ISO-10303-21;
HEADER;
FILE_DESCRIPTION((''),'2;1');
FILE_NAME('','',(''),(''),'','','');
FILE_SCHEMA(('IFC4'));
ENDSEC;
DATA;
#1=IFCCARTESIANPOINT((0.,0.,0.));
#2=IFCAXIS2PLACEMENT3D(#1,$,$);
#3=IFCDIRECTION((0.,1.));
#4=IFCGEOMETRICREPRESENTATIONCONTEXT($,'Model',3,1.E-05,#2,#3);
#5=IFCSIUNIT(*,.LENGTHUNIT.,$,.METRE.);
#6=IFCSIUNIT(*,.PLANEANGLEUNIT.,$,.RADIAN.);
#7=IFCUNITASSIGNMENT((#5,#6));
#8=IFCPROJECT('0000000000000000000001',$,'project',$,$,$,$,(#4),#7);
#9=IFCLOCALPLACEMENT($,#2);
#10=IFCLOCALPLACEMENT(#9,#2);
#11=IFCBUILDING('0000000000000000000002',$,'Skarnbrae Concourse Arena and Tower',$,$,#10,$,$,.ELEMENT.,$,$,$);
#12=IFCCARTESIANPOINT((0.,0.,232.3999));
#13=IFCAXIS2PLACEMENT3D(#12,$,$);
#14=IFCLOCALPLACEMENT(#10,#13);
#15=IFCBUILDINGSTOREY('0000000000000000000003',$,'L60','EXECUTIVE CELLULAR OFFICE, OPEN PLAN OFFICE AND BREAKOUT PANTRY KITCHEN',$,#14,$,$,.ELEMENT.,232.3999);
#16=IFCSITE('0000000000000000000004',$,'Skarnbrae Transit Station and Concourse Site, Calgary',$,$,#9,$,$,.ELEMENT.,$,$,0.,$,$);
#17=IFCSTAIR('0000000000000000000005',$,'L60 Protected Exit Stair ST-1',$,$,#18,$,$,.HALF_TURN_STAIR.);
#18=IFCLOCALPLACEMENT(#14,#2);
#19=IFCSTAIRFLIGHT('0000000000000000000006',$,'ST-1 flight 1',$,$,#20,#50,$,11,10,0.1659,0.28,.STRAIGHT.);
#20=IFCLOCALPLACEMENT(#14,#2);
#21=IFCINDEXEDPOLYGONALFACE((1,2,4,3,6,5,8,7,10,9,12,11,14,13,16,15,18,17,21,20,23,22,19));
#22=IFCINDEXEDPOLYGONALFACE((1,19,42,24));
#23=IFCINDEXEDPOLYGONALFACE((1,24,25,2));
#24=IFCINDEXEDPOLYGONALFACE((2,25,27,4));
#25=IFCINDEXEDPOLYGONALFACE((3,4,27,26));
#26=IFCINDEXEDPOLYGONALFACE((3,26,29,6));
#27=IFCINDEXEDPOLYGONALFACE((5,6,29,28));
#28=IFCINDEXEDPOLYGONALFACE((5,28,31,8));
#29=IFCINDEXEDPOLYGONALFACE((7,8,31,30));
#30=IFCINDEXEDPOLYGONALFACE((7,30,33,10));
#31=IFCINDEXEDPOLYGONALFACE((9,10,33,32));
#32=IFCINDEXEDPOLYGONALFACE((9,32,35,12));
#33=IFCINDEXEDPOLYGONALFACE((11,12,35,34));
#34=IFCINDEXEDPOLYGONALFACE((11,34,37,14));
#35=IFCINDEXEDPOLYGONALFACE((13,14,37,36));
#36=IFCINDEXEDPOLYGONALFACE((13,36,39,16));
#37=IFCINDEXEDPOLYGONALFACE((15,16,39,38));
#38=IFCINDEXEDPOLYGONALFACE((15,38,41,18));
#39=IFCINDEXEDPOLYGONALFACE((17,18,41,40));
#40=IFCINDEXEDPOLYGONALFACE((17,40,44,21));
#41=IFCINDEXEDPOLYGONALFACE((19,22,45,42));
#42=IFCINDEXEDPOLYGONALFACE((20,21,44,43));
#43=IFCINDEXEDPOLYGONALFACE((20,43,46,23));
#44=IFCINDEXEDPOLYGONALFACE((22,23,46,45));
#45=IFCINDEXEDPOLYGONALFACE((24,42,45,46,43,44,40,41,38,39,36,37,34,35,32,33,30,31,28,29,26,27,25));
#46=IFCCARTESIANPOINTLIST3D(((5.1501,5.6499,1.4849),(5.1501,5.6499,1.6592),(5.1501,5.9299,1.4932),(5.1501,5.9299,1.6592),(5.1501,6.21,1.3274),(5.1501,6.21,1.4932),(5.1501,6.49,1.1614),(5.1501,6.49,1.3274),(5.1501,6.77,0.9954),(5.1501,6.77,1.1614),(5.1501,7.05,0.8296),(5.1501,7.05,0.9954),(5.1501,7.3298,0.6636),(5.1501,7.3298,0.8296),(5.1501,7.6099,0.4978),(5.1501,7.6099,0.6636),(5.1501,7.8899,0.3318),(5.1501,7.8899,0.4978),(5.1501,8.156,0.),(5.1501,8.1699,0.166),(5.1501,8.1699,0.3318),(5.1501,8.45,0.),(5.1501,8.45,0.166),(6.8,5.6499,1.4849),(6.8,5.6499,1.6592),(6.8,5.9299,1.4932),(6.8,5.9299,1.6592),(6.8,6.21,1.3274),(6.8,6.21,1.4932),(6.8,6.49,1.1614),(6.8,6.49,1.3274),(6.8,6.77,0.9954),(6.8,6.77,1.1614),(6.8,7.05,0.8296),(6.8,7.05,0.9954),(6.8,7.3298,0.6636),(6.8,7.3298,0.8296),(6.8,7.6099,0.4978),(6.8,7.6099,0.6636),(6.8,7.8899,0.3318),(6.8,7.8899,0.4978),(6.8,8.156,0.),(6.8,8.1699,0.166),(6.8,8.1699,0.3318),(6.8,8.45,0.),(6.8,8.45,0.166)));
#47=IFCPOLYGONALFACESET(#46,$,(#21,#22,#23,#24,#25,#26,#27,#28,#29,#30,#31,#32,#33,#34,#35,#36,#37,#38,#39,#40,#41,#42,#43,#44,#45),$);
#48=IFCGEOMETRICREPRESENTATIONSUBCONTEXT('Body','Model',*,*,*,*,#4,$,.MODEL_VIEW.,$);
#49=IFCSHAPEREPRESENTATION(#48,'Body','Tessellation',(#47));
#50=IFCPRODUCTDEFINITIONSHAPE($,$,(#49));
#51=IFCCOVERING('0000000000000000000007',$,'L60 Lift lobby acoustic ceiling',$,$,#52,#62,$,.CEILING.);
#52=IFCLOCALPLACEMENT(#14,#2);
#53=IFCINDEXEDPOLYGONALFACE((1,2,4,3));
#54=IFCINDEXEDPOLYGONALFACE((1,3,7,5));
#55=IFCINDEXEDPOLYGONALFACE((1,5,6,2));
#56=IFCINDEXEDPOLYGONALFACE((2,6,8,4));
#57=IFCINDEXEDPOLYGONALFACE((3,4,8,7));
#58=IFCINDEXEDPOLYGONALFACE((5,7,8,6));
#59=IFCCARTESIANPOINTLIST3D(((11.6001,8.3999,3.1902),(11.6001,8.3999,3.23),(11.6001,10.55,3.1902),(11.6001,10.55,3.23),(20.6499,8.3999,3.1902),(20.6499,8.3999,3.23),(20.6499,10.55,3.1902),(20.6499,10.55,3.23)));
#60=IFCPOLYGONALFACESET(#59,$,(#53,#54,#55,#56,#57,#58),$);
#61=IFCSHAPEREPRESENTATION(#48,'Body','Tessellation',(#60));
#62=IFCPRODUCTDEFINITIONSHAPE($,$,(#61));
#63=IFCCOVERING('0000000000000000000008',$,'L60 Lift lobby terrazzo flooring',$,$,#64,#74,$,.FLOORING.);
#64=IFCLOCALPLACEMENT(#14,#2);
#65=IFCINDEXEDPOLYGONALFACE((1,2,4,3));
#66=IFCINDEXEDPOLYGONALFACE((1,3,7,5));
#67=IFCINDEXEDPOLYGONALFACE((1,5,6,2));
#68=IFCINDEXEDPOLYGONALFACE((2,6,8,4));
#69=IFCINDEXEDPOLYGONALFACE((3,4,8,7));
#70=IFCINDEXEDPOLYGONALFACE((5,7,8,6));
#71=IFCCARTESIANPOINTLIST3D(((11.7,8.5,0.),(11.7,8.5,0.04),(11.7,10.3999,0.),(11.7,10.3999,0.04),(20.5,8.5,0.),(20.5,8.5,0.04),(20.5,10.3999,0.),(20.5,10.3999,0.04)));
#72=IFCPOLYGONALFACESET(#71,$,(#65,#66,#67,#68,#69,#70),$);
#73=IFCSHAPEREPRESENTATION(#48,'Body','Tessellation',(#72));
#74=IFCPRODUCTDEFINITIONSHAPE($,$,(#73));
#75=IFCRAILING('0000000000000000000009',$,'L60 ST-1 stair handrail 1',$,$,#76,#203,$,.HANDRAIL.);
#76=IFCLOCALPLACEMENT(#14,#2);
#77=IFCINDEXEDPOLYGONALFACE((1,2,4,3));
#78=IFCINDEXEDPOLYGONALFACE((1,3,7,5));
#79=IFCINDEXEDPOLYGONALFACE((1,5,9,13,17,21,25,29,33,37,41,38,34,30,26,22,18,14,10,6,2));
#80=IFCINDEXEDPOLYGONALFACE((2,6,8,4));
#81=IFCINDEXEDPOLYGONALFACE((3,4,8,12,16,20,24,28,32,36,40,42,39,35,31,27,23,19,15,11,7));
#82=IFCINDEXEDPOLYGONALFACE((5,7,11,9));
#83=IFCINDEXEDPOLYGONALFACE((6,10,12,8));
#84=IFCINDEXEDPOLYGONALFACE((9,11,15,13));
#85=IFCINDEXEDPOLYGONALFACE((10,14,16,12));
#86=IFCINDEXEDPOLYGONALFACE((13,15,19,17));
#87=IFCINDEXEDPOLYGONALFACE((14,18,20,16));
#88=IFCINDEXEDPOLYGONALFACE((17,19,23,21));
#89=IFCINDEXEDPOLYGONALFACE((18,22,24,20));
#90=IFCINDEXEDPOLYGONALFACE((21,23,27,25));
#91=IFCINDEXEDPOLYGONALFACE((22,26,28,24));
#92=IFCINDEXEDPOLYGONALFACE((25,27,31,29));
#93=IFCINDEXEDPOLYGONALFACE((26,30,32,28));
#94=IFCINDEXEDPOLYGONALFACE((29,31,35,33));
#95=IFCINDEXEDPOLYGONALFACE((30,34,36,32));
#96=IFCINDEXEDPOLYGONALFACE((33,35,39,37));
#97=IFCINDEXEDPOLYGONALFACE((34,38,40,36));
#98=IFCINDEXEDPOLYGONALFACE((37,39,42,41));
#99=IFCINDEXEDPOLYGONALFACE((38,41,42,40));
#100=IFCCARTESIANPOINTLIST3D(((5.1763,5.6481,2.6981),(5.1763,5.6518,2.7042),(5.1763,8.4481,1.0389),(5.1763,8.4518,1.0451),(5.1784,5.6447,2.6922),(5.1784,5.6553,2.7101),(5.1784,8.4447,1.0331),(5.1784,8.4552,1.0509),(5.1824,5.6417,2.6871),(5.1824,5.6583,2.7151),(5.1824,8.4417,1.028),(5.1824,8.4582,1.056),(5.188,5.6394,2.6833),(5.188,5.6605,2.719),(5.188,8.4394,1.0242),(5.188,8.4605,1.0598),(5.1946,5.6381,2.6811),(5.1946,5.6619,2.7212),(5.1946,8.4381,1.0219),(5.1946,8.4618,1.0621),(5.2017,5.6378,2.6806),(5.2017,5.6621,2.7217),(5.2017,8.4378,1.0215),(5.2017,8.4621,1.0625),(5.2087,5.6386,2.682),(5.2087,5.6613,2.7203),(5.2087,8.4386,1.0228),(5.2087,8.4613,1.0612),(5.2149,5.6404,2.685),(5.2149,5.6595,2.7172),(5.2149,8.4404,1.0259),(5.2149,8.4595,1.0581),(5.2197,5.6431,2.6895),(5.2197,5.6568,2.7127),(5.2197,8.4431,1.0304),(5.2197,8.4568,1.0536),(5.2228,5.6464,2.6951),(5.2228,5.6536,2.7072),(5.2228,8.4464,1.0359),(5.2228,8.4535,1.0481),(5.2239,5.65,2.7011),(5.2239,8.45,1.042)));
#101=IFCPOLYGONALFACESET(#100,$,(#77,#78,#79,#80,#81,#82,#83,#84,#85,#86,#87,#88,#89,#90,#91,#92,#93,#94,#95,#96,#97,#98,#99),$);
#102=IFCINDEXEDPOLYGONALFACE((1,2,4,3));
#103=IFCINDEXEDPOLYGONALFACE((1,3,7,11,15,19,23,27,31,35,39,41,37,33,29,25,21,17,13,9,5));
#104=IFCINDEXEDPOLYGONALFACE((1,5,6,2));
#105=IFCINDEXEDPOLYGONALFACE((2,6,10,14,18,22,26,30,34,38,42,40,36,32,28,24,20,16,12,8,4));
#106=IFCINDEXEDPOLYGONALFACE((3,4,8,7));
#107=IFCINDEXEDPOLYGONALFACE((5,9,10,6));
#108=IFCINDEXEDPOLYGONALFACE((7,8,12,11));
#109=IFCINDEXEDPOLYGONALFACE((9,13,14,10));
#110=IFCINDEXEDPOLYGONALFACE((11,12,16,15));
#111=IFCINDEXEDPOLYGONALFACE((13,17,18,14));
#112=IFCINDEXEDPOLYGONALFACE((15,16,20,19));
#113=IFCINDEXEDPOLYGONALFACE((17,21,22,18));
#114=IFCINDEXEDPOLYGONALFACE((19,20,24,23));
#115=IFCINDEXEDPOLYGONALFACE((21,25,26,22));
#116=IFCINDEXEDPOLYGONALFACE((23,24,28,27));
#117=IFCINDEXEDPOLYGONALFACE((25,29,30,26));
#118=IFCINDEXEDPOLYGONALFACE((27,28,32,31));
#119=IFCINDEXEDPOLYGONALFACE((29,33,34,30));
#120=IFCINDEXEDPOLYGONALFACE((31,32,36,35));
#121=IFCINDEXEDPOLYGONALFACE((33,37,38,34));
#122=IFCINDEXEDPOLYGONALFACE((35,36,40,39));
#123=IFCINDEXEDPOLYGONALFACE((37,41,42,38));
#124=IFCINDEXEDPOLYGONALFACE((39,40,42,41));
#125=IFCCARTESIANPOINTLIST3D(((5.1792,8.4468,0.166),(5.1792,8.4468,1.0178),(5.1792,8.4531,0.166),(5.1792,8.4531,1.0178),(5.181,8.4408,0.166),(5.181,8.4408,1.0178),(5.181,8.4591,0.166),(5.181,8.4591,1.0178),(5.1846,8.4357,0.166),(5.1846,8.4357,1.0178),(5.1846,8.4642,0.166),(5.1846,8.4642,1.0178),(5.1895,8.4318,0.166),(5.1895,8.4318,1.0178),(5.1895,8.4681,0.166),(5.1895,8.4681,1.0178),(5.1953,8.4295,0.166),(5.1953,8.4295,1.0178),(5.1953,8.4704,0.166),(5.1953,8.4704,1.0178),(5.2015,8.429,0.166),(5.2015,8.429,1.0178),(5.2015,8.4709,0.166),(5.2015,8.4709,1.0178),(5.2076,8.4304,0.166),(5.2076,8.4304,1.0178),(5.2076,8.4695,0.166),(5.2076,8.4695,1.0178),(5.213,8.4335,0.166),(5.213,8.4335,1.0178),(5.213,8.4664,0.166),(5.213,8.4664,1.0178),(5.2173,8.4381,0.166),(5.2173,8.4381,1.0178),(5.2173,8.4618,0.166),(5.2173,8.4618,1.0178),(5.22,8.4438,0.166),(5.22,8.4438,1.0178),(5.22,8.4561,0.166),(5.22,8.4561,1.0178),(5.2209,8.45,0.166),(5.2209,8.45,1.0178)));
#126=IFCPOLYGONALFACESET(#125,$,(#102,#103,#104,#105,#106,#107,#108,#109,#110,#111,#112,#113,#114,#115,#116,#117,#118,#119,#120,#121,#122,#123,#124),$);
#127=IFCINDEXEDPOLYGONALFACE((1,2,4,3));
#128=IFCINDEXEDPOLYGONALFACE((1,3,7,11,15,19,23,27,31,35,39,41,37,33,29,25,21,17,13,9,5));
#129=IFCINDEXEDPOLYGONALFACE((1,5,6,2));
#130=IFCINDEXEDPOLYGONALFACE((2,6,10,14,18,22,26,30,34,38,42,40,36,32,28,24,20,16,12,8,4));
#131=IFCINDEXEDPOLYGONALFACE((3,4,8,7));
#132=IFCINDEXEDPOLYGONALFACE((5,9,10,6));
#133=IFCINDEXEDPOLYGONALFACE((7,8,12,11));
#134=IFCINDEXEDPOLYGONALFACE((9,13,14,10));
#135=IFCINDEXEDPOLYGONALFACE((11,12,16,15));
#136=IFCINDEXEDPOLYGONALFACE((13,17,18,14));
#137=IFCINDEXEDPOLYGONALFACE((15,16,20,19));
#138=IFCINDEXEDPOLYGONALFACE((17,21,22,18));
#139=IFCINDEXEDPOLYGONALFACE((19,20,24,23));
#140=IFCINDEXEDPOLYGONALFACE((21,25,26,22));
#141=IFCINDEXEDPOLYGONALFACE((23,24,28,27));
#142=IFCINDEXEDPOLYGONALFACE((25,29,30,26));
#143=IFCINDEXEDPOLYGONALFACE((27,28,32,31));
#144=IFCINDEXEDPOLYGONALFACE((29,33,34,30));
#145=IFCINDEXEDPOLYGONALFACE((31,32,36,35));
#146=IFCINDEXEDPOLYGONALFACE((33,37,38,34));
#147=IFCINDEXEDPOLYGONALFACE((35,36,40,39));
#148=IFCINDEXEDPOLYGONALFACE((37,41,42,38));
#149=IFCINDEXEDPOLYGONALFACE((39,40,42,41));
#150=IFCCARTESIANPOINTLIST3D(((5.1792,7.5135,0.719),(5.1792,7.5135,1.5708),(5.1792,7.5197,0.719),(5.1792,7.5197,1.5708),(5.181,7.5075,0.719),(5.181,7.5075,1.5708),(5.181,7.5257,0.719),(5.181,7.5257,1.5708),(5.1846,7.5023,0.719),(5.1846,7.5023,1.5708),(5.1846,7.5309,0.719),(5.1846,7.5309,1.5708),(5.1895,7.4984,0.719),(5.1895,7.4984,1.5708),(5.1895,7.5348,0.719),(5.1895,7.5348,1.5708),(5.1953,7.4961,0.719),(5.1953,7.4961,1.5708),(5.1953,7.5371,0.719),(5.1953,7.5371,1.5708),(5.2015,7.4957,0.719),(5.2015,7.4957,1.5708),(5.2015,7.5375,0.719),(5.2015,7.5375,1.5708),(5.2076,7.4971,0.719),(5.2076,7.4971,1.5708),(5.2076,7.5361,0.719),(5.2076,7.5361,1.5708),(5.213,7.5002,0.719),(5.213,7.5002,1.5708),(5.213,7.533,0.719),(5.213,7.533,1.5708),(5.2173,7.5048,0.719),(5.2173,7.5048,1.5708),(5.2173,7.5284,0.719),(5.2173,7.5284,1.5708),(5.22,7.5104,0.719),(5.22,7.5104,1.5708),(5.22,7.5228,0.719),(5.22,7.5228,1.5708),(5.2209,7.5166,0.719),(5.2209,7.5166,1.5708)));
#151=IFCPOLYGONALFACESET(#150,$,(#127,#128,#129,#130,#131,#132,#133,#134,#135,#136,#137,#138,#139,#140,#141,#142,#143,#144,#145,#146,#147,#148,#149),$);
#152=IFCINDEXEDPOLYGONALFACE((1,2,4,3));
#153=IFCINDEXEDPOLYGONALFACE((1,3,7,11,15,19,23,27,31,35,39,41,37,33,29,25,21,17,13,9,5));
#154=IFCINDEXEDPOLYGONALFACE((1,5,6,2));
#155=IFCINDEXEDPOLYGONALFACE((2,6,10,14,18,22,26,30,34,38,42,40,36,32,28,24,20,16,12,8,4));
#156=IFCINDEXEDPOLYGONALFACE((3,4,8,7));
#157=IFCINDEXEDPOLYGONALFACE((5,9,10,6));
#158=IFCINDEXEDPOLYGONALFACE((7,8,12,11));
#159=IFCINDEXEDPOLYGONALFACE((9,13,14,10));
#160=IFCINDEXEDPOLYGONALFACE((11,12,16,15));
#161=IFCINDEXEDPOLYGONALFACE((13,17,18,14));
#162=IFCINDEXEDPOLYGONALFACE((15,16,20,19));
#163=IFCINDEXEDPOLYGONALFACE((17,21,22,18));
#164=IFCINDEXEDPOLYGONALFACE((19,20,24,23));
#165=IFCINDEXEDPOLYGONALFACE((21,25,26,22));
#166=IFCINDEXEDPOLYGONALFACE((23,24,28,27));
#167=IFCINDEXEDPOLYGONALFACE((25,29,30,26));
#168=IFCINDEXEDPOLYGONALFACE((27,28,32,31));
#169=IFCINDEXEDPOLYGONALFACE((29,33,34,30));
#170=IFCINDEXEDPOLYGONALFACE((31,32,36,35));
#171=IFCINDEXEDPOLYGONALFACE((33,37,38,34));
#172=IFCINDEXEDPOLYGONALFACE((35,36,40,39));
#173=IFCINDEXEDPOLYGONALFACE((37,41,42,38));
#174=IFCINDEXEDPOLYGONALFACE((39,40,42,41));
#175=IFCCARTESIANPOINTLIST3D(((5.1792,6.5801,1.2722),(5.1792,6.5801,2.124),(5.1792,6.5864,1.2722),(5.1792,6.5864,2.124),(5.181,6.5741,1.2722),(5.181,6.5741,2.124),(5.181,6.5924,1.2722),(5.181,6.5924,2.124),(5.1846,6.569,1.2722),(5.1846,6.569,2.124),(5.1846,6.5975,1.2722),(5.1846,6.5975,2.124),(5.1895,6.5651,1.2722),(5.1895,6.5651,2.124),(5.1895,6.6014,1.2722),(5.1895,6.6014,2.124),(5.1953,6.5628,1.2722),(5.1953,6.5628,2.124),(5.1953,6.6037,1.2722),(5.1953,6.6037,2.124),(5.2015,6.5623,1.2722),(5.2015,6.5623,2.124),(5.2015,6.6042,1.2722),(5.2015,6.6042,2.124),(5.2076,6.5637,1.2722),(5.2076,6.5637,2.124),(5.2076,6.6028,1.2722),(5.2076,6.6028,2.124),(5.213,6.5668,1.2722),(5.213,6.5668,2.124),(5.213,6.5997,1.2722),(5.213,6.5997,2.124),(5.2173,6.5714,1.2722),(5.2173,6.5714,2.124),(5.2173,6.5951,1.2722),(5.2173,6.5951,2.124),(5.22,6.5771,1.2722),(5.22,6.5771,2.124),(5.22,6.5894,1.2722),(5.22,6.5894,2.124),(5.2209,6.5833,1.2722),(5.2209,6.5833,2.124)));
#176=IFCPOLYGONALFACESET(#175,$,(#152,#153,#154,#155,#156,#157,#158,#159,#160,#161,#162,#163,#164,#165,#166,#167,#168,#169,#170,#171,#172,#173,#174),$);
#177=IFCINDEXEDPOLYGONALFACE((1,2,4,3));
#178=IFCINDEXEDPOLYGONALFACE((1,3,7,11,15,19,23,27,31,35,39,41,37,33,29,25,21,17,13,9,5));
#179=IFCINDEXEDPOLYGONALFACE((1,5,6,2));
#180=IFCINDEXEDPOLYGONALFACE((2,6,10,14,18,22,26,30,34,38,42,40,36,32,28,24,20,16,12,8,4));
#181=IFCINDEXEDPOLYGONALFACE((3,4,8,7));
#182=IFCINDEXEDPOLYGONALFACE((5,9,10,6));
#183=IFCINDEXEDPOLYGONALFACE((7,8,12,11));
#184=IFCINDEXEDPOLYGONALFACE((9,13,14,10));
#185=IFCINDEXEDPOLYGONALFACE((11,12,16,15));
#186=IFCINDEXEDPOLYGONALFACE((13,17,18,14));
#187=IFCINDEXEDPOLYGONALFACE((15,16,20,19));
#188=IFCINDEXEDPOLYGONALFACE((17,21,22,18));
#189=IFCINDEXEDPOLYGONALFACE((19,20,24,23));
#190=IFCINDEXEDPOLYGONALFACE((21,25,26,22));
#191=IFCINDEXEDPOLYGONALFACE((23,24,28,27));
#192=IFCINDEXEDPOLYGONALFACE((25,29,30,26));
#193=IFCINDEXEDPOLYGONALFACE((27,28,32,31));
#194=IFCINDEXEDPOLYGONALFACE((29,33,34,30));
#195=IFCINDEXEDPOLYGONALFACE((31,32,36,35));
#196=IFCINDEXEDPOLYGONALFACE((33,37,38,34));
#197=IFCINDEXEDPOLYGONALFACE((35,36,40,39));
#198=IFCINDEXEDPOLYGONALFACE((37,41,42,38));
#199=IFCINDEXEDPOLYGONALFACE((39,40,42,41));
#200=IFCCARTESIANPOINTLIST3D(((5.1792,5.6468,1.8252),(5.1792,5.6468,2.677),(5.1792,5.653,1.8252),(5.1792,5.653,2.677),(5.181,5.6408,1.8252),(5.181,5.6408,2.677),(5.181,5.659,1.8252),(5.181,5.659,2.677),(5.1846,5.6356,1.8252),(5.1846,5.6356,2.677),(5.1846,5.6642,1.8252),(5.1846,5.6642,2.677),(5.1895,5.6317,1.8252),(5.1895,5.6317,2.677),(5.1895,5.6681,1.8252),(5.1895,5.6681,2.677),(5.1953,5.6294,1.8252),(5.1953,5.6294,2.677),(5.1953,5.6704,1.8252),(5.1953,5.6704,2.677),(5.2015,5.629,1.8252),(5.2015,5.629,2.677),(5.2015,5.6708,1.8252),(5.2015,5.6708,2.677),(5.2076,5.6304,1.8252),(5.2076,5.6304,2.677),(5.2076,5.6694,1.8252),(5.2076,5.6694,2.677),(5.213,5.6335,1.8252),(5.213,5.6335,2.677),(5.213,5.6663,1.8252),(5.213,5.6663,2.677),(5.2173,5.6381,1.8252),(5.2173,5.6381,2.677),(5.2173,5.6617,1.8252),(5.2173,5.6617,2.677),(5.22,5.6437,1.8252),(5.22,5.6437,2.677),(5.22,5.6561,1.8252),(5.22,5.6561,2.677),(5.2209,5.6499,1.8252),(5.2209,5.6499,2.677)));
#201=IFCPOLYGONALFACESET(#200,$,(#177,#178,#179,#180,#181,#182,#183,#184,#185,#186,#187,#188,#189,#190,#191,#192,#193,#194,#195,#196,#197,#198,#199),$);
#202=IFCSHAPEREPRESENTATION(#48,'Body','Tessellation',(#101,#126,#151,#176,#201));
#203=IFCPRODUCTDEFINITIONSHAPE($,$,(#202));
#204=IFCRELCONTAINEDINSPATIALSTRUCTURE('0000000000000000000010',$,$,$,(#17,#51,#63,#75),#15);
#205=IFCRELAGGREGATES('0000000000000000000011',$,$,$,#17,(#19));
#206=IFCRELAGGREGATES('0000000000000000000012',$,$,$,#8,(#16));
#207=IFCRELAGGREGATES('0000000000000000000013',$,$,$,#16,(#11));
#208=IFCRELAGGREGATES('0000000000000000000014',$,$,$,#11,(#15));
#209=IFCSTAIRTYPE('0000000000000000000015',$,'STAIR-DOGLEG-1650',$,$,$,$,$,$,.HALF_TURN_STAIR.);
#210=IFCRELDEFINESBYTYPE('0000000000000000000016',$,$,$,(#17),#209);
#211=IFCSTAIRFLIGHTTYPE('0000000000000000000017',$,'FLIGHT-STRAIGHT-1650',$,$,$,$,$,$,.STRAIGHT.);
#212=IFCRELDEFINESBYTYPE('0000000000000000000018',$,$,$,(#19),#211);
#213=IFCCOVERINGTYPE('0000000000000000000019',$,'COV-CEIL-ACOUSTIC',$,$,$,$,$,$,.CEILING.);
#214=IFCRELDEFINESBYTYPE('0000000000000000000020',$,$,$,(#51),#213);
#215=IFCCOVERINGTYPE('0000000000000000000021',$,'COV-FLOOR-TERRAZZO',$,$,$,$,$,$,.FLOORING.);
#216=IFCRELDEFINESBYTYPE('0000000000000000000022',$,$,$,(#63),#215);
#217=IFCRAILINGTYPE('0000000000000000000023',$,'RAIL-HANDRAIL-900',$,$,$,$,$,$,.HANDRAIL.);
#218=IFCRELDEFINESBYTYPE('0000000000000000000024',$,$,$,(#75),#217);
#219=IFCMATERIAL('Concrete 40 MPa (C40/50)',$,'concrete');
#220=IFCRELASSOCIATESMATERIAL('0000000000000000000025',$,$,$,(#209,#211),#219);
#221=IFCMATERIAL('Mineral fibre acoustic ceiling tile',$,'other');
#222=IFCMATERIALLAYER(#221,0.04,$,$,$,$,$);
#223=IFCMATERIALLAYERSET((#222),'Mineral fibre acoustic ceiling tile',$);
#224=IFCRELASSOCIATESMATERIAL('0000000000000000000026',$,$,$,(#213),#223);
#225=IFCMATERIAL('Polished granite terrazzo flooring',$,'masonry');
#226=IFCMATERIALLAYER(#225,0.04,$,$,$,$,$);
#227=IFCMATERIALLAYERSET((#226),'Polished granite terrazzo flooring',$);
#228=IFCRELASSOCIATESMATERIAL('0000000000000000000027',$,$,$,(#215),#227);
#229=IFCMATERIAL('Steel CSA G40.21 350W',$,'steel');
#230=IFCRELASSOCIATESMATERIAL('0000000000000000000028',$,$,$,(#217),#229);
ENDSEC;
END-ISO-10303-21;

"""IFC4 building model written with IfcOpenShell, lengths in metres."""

from ifc_helpers import new_model, si_unit, direction, frame, origin, origin_2d, place, context, subcontext, project, spatial, polyline, circle, outline, extrude, source, transform, mapped, material, layer, layer_set, type_object, element, aggregate, save


model = new_model("IFC4")

# Units and contexts
model_context = context("Model", 3, precision=1e-05, world=origin(), true_north=direction((0.0, 1.0)))
body_context = subcontext(model_context, "Body", "Model", "MODEL_VIEW")
ifc_project = project(units=[si_unit("LENGTHUNIT", "METRE"), si_unit("PLANEANGLEUNIT", "RADIAN")], contexts=[model_context])

# Site, building, storey
site_placement = place(None, origin())
site = spatial("IfcSite", under=ifc_project, at=site_placement, Name="Skarnbrae Transit Station and Concourse Site, Calgary", CompositionType="ELEMENT", RefElevation=0.0)
building_placement = place(site_placement, origin())
building = spatial("IfcBuilding", under=site, at=building_placement, Name="Skarnbrae Concourse Arena and Tower", CompositionType="ELEMENT")
storey_placement = place(building_placement, frame((0.0, 0.0, 232.3999)))
storey = spatial("IfcBuildingStorey", under=building, at=storey_placement, Name="L60", Description="EXECUTIVE CELLULAR OFFICE, OPEN PLAN OFFICE AND BREAKOUT PANTRY KITCHEN", CompositionType="ELEMENT", Elevation=232.3999)

# Shared definitions
ifc_material_1 = material(Name="Steel CSA G40.21 350W", Category="steel")

# Stair
ifc_material_2 = material(Name="Concrete 40 MPa (C40/50)", Category="concrete")
stair_type = type_object("IfcStairType", Name="STAIR-DOGLEG-1650", PredefinedType="HALF_TURN_STAIR", material=ifc_material_2)
stair_1_placement = place(storey_placement, origin())
stair_1 = element("IfcStair", 1, at=stair_1_placement, inside=storey, type_object=stair_type, Name="L60 Protected Exit Stair ST-1", PredefinedType="HALF_TURN_STAIR")

# Stair flight
stair_flight_type = type_object("IfcStairFlightType", Name="FLIGHT-STRAIGHT-1650", PredefinedType="STRAIGHT", material=ifc_material_2)
shared_shape_1 = source(origin(), body_context, "Body", "SweptSolid", [
    extrude(outline(polyline([(0.0, 0.0), (0.0, 0.166), (0.28, 0.166), (0.28, 0.3318), (0.5601, 0.3318), (0.5601, 0.4978), (0.8401, 0.4978), (0.8401, 0.6636), (1.1201, 0.6636), (1.1201, 0.8296), (1.3999, 0.8296), (1.3999, 0.9954), (1.6799, 0.9954), (1.6799, 1.1614), (1.96, 1.1614), (1.96, 1.3274), (2.24, 1.3274), (2.24, 1.4932), (2.52, 1.4932), (2.52, 1.6592), (2.8, 1.6592), (2.8, 1.825), (2.8, 1.4849), (0.2939, 0.0), (0.0, 0.0)])), frame((0.0, 0.825, 0.0), z_axis=(0.0, -1.0, 0.0), x_axis=(1.0, 0.0, 0.0)), (0.0, 0.0, 1.0), 1.6499),
])
stair_flight_placement = place(storey_placement, frame((5.9751, 8.45, 0.0), z_axis=(0.0, 0.0, 1.0), x_axis=(0.0, -1.0, 0.0)))
stair_flight = element("IfcStairFlight", 2, at=stair_flight_placement, type_object=stair_flight_type, Name="ST-1 flight 1", NumberOfRisers=11, NumberOfTreads=10, PredefinedType="STRAIGHT", RiserHeight=0.1659, TreadLength=0.28, context=body_context, shape_type="MappedRepresentation", body=[
    mapped(shared_shape_1, transform((0.0, 0.0, 0.0))),
])
aggregate(stair_1, [stair_flight])

# Coverings
ifc_material_3 = material(Name="Mineral fibre acoustic ceiling tile", Category="other")
ifc_layer_1 = layer(ifc_material_3, 0.04)
ifc_layer_set_1 = layer_set([ifc_layer_1], Name="Mineral fibre acoustic ceiling tile")
covering_type_1 = type_object("IfcCoveringType", Name="COV-CEIL-ACOUSTIC", PredefinedType="CEILING", material=ifc_layer_set_1)
covering_1_placement = place(storey_placement, frame((0.0, 0.0, 3.1902)))
element("IfcCovering", 3, at=covering_1_placement, inside=storey, type_object=covering_type_1, Name="L60 Lift lobby acoustic ceiling", PredefinedType="CEILING", context=body_context, shape_type="SweptSolid", body=[
    extrude(outline(polyline([(11.6001, 8.3999), (20.6499, 8.3999), (20.6499, 10.55), (11.6001, 10.55), (11.6001, 8.3999)])), origin(), (0.0, 0.0, 1.0), 0.0398),
])
ifc_material_4 = material(Name="Polished granite terrazzo flooring", Category="masonry")
ifc_layer_2 = layer(ifc_material_4, 0.04)
ifc_layer_set_2 = layer_set([ifc_layer_2], Name="Polished granite terrazzo flooring")
covering_type_2 = type_object("IfcCoveringType", Name="COV-FLOOR-TERRAZZO", PredefinedType="FLOORING", material=ifc_layer_set_2)
covering_2_placement = place(storey_placement, origin())
element("IfcCovering", 4, at=covering_2_placement, inside=storey, type_object=covering_type_2, Name="L60 Lift lobby terrazzo flooring", PredefinedType="FLOORING", context=body_context, shape_type="SweptSolid", body=[
    extrude(outline(polyline([(11.7, 8.5), (20.5, 8.5), (20.5, 10.3999), (11.7, 10.3999), (11.7, 8.5)])), origin(), (0.0, 0.0, 1.0), 0.04),
])

# Railing
railing_type = type_object("IfcRailingType", Name="RAIL-HANDRAIL-900", PredefinedType="HANDRAIL", material=ifc_material_1)
railing_placement = place(storey_placement, frame((5.2, 8.45, 0.166)))
element("IfcRailing", 5, at=railing_placement, inside=storey, type_object=railing_type, Name="L60 ST-1 stair handrail 1", PredefinedType="HANDRAIL", context=body_context, shape_type="SweptSolid", body=[
    extrude(circle(Radius=0.0239, at=origin_2d()), frame((0.0, 0.0, 0.876), z_axis=(0.0, -0.860306, 0.509778), x_axis=(1.0, 0.0, 0.0)), (0.0, 0.0, 1.0), 3.2546),
    extrude(circle(Radius=0.021, at=origin_2d()), origin(), (0.0, 0.0, 1.0), 0.8518),
    extrude(circle(Radius=0.021, at=origin_2d()), frame((0.0, -0.9333, 0.553)), (0.0, 0.0, 1.0), 0.8518),
    extrude(circle(Radius=0.021, at=origin_2d()), frame((0.0, -1.8667, 1.1062)), (0.0, 0.0, 1.0), 0.8518),
    extrude(circle(Radius=0.021, at=origin_2d()), frame((0.0, -2.8, 1.6592)), (0.0, 0.0, 1.0), 0.8518),
])

save(model, "model.ifc")
